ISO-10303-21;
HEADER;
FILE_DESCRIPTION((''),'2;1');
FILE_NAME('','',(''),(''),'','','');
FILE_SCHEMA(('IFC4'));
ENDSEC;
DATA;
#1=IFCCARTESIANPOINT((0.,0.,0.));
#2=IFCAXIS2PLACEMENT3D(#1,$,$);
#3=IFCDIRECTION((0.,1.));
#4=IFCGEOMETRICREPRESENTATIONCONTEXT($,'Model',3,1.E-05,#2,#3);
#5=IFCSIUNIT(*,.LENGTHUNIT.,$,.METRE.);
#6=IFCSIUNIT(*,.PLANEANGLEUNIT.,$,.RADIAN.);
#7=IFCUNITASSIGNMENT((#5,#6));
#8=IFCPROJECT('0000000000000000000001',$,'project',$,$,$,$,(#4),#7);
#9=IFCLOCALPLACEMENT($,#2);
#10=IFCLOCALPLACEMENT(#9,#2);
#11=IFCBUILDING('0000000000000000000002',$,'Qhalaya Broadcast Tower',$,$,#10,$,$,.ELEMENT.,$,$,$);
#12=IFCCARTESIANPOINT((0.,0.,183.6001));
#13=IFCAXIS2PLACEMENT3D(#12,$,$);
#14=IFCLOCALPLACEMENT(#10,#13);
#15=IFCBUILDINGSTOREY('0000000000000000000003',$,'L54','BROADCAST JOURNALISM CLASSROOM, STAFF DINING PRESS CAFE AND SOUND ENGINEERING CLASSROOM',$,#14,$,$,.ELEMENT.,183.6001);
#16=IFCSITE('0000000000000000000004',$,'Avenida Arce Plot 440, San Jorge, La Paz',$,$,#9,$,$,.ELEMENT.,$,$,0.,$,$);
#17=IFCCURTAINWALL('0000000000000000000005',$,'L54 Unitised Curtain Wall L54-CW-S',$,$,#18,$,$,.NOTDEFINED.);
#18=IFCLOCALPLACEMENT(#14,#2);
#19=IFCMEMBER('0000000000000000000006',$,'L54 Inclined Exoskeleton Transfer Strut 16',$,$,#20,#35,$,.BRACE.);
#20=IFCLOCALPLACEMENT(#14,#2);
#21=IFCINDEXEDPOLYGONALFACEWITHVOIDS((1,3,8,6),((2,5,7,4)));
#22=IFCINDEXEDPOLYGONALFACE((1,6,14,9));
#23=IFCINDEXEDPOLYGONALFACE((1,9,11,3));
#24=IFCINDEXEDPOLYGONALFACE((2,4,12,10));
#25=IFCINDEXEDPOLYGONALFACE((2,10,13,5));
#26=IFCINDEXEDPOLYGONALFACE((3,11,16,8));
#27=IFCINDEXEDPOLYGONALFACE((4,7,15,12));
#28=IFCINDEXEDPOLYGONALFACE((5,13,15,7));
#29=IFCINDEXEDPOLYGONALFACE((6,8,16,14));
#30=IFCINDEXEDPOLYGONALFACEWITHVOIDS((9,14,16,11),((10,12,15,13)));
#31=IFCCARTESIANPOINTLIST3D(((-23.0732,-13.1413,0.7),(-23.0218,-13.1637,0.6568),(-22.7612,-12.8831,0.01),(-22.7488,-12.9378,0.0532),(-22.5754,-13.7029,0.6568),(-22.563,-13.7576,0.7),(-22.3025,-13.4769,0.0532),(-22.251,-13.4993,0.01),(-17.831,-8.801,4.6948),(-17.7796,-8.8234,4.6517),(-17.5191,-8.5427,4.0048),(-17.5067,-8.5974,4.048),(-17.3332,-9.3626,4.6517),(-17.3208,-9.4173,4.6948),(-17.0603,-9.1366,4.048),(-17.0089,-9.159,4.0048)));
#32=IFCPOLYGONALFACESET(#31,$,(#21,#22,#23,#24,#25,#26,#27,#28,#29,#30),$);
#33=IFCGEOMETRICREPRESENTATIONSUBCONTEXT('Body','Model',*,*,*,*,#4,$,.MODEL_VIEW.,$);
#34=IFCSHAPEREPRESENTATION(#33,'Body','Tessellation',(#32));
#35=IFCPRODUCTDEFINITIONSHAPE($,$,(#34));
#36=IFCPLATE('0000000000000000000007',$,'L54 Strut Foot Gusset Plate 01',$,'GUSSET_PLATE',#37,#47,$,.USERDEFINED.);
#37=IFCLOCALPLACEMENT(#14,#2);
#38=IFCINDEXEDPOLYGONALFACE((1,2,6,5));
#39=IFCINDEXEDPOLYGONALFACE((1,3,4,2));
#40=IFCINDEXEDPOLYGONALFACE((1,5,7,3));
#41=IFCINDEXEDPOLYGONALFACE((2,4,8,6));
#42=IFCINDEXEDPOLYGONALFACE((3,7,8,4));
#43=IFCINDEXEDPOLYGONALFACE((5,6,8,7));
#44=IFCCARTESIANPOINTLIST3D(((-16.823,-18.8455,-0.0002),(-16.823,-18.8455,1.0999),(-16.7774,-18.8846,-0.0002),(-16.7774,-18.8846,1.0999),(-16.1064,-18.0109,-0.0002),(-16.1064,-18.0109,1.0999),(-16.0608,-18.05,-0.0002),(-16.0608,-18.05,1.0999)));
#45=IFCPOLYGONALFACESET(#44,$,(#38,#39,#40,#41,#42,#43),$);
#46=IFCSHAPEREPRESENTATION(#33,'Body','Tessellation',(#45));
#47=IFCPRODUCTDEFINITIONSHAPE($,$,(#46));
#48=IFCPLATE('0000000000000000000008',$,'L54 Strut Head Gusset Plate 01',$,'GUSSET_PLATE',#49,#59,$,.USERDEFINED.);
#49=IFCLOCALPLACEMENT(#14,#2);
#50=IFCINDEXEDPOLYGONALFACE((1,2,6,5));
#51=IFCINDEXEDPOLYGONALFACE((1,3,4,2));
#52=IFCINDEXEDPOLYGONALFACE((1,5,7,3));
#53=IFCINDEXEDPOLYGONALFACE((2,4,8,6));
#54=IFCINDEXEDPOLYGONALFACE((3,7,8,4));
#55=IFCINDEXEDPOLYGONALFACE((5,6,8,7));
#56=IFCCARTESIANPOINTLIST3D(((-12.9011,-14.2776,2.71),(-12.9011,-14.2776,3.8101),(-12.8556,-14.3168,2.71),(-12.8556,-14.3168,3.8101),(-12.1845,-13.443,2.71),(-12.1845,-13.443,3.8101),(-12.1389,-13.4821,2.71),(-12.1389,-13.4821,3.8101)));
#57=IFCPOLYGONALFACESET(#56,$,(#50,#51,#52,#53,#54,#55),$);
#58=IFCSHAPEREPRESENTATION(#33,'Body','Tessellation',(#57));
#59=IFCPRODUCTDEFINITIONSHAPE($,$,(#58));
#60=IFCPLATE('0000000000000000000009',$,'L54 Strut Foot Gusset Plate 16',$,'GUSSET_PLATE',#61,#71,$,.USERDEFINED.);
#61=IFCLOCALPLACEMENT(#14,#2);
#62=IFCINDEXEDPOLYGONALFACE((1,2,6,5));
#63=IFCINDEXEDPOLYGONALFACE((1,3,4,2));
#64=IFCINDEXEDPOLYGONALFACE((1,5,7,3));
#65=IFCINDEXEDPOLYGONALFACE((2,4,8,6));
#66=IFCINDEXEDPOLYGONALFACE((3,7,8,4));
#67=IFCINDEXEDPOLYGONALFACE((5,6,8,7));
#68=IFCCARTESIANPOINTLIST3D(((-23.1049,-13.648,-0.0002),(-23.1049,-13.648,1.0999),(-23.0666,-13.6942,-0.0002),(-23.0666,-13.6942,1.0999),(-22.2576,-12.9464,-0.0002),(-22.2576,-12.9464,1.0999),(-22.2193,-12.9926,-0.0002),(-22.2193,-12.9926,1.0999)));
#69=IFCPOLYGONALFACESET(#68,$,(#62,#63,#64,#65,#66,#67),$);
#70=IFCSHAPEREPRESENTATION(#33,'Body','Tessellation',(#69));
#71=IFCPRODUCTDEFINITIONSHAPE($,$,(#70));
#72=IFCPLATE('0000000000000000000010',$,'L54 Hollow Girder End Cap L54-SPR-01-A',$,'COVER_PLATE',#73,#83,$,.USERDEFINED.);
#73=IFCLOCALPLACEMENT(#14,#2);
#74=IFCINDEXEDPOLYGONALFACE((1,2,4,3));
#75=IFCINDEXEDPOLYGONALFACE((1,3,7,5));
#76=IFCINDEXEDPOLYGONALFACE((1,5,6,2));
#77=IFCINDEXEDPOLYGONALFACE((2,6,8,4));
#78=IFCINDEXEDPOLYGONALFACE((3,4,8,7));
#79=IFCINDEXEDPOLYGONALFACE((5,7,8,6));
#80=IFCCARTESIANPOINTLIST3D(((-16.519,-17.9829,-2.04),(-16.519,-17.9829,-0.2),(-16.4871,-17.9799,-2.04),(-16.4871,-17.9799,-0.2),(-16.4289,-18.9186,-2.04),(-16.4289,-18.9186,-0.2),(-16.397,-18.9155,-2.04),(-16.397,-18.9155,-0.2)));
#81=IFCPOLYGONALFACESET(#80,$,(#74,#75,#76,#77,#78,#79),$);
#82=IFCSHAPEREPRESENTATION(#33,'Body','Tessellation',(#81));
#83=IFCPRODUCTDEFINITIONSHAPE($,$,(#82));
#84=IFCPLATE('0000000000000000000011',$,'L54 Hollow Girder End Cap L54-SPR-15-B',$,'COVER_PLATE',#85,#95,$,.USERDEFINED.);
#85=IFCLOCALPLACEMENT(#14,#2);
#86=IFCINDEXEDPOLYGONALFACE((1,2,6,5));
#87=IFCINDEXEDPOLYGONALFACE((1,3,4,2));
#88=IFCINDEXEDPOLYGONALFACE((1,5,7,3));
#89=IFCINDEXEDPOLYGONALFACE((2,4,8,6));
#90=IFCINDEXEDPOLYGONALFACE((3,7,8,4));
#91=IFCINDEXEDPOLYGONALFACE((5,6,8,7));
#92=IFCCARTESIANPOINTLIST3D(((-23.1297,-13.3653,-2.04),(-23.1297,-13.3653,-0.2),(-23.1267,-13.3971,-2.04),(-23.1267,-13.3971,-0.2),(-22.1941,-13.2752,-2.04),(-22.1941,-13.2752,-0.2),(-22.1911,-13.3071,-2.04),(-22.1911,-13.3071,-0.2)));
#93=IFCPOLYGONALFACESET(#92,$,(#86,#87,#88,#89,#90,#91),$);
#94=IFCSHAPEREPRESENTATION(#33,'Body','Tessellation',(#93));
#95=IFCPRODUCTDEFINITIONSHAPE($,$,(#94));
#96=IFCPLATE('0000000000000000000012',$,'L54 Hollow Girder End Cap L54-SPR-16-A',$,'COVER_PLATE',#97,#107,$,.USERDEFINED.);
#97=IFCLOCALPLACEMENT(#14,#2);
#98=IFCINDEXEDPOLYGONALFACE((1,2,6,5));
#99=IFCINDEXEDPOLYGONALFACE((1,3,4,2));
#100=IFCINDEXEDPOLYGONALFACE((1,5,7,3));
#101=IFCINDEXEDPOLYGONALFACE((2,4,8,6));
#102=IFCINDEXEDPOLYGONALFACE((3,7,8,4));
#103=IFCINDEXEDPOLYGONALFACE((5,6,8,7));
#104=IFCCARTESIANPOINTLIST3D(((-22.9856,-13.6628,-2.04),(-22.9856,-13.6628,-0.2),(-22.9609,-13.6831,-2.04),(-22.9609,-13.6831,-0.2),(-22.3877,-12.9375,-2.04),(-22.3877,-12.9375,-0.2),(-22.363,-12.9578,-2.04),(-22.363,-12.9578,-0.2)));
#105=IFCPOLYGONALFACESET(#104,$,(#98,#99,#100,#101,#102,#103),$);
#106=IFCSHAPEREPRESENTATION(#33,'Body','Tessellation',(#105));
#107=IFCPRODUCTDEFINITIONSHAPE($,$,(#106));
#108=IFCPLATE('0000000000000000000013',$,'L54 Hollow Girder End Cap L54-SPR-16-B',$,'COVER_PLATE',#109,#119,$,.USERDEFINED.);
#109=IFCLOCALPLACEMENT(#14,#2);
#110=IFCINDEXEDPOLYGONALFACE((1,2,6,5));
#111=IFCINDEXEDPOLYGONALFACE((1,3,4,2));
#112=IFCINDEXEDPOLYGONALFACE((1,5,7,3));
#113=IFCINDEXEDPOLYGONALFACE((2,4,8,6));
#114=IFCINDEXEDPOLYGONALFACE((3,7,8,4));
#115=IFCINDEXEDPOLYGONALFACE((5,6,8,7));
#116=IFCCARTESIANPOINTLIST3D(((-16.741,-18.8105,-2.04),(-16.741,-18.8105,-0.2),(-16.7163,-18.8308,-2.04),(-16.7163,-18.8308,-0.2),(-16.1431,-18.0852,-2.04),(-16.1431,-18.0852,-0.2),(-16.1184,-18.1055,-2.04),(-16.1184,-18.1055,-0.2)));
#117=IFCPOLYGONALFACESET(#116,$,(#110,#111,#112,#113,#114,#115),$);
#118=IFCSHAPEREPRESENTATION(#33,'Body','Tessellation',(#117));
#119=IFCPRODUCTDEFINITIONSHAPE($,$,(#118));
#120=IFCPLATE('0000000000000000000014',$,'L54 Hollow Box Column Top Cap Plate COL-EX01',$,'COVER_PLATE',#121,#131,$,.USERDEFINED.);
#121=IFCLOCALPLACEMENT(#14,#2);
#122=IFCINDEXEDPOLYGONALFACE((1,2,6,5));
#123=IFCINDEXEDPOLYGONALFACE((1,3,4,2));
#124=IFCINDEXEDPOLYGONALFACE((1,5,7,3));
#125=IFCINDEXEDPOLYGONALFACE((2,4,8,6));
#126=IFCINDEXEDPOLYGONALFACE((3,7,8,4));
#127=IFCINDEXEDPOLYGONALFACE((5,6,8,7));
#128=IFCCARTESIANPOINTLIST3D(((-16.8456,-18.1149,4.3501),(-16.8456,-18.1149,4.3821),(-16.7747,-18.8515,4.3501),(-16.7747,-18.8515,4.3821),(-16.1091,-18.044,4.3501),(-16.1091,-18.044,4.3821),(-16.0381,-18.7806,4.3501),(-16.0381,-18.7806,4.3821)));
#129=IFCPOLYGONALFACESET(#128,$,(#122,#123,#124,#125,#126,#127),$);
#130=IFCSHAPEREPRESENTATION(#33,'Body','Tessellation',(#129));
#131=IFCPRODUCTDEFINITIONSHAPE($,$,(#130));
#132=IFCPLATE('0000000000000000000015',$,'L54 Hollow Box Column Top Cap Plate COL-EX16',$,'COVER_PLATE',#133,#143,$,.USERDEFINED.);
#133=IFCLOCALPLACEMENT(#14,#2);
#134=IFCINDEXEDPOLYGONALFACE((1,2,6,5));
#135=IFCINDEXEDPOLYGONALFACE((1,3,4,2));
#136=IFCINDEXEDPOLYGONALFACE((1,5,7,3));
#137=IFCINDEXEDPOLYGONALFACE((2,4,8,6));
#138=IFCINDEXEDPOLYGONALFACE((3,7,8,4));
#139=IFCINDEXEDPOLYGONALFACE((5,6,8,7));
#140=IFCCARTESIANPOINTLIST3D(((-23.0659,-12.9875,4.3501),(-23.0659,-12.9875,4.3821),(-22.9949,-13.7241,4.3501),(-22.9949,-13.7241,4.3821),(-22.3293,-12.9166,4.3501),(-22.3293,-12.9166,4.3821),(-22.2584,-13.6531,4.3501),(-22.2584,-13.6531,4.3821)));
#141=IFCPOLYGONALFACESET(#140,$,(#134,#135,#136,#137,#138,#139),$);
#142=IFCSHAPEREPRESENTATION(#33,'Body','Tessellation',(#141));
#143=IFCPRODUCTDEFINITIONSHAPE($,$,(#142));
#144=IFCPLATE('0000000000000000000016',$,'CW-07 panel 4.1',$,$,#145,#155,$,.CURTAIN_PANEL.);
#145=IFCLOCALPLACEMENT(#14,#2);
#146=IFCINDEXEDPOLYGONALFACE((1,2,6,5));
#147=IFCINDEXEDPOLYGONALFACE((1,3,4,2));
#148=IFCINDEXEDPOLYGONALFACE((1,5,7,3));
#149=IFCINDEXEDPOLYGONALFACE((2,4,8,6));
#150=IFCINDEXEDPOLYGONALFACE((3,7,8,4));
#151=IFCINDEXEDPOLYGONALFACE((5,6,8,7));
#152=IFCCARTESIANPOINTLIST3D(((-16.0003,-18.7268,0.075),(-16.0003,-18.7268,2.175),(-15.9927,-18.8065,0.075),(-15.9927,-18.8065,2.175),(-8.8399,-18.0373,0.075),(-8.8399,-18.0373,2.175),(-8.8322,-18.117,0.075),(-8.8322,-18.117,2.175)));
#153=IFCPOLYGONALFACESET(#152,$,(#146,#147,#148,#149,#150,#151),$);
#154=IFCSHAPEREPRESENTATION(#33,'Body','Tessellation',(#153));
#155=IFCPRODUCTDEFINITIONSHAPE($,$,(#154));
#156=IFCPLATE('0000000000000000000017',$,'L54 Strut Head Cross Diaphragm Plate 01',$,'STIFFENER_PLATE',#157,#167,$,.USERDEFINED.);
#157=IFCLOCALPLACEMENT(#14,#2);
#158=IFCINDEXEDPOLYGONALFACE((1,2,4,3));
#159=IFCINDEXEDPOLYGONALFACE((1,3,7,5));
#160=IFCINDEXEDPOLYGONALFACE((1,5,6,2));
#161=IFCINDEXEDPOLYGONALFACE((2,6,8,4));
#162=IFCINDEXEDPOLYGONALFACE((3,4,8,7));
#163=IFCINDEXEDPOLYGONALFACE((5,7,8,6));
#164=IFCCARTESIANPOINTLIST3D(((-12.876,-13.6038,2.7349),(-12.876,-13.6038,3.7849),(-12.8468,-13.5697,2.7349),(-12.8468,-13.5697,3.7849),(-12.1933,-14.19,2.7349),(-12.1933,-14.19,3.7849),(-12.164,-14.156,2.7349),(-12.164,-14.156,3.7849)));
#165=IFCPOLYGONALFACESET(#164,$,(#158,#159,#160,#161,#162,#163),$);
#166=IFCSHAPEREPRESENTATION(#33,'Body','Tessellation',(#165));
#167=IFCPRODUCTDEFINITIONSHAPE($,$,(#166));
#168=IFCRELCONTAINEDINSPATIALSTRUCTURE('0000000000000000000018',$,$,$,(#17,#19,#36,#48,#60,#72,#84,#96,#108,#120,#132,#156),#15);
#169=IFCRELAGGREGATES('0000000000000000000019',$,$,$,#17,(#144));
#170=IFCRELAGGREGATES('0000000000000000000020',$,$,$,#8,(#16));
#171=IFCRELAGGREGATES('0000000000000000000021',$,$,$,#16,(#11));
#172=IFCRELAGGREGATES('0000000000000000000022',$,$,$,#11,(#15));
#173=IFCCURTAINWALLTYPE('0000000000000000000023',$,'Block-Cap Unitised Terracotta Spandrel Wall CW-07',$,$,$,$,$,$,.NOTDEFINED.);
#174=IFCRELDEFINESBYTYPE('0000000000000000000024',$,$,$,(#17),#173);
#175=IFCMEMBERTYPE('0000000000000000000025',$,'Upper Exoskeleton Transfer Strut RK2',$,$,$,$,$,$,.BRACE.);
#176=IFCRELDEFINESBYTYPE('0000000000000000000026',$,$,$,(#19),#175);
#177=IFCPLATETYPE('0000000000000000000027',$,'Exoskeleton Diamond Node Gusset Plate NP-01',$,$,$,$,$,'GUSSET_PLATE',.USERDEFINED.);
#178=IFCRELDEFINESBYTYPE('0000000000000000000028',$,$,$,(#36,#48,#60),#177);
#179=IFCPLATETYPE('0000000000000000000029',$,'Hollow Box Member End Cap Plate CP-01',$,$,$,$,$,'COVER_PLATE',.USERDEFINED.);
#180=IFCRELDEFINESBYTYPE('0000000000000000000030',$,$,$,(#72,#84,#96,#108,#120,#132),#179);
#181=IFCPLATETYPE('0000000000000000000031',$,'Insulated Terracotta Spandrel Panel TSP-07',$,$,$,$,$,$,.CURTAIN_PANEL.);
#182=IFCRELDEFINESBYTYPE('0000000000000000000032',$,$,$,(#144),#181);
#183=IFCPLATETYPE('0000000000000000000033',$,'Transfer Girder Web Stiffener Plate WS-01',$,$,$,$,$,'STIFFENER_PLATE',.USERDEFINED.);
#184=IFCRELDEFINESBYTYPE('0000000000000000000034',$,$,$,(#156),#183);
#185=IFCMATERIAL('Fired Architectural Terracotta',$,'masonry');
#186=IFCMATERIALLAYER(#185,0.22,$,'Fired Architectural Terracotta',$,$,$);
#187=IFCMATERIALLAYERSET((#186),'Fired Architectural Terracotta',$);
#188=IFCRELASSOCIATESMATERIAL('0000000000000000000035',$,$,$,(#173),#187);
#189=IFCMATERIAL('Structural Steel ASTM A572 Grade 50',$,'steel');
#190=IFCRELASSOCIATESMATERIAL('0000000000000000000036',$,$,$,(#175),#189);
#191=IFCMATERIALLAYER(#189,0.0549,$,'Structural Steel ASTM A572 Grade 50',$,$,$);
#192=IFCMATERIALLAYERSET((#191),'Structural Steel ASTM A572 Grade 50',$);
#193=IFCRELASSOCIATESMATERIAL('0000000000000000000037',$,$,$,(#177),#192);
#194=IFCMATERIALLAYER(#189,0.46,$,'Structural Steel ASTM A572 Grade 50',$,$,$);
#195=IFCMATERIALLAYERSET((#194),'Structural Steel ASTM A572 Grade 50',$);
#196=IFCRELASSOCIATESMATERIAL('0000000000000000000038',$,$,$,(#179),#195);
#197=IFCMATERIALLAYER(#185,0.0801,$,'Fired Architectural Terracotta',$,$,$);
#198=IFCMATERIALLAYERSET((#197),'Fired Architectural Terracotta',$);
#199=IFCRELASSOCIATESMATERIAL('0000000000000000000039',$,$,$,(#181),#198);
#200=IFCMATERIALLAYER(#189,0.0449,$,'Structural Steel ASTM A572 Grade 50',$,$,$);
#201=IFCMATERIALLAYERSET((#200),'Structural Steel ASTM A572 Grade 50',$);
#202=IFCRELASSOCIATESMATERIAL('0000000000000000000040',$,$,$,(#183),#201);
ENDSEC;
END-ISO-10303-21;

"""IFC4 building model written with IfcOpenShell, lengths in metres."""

from ifc_helpers import new_model, si_unit, direction, frame, origin, origin_2d, place, context, subcontext, project, spatial, rectangle, hollow_rectangle, extrude, material, layer, layer_set, material_profile, profile_set, type_object, element, aggregate, save


model = new_model("IFC4")

# Units and contexts
model_context = context("Model", 3, precision=1e-05, world=origin(), true_north=direction((0.0, 1.0)))
body_context = subcontext(model_context, "Body", "Model", "MODEL_VIEW")
ifc_project = project(units=[si_unit("LENGTHUNIT", "METRE"), si_unit("PLANEANGLEUNIT", "RADIAN")], contexts=[model_context])

# Site, building, storey
site_placement = place(None, origin())
site = spatial("IfcSite", under=ifc_project, at=site_placement, Name="Avenida Arce Plot 440, San Jorge, La Paz", CompositionType="ELEMENT", RefElevation=0.0)
building_placement = place(site_placement, origin())
building = spatial("IfcBuilding", under=site, at=building_placement, Name="Qhalaya Broadcast Tower", CompositionType="ELEMENT")
storey_placement = place(building_placement, frame((0.0, 0.0, 183.6001)))
storey = spatial("IfcBuildingStorey", under=building, at=storey_placement, Name="L54", Description="BROADCAST JOURNALISM CLASSROOM, STAFF DINING PRESS CAFE AND SOUND ENGINEERING CLASSROOM", CompositionType="ELEMENT", Elevation=183.6001)

# Shared definitions
ifc_material_1 = material(Name="Structural Steel ASTM A572 Grade 50", Category="steel")

# Curtain wall
ifc_material_2 = material(Name="Fired Architectural Terracotta", Category="masonry")
ifc_layer_1 = layer(ifc_material_2, 0.22, Name="Fired Architectural Terracotta")
ifc_layer_set_1 = layer_set([ifc_layer_1], Name="Fired Architectural Terracotta")
curtain_wall_type = type_object("IfcCurtainWallType", Name="Block-Cap Unitised Terracotta Spandrel Wall CW-07", PredefinedType="NOTDEFINED", material=ifc_layer_set_1)
curtain_wall_1_placement = place(storey_placement, origin())
curtain_wall_1 = element("IfcCurtainWall", 1, at=curtain_wall_1_placement, inside=storey, type_object=curtain_wall_type, Name="L54 Unitised Curtain Wall L54-CW-S", PredefinedType="NOTDEFINED")

# Member
ifc_material_profile_1 = material_profile(ifc_material_1, hollow_rectangle(XDim=0.8, YDim=0.8, WallThickness=0.05, at=origin_2d()), Name="BOX 800x800x50")
ifc_profile_set_1 = profile_set([ifc_material_profile_1], Name="Structural Steel ASTM A572 Grade 50")
member_type_1 = type_object("IfcMemberType", Name="Upper Exoskeleton Transfer Strut RK2", PredefinedType="BRACE", material=ifc_profile_set_1)
member_1_placement = place(storey_placement, frame((-22.6621, -13.3203, 0.355), z_axis=(0.664271, 0.549991, 0.506216), x_axis=(-0.637739, 0.770252, 0.0)))
element("IfcMember", 2, at=member_1_placement, inside=storey, type_object=member_type_1, Name="L54 Inclined Exoskeleton Transfer Strut 16", PredefinedType="BRACE", context=body_context, shape_type="SweptSolid", body=[
    extrude(hollow_rectangle(XDim=0.8, YDim=0.8, WallThickness=0.05, at=origin_2d()), origin(), (0.0, 0.0, 1.0), 7.8916),
])

# Plates
ifc_layer_2 = layer(ifc_material_1, 0.0549, Name="Structural Steel ASTM A572 Grade 50")
ifc_layer_set_2 = layer_set([ifc_layer_2], Name="Structural Steel ASTM A572 Grade 50")
plate_type_1 = type_object("IfcPlateType", Name="Exoskeleton Diamond Node Gusset Plate NP-01", ElementType="GUSSET_PLATE", PredefinedType="USERDEFINED", material=ifc_layer_set_2)
for number, where, z_axis, x_axis, name in (
    (3, (-16.4419, -18.4478, -0.0002), (0.0, 0.0, 1.0), (0.651437, 0.758703, 0.0), "L54 Strut Foot Gusset Plate 01"),
    (4, (-12.52, -13.8799, 2.71), (0.0, 0.0, 1.0), (0.651437, 0.758703, 0.0), "L54 Strut Head Gusset Plate 01"),
    (5, (-22.6621, -13.3203, -0.0002), (0.0, 0.0, 1.0), (0.770235, 0.63776, 0.0), "L54 Strut Foot Gusset Plate 16"),
):
    element("IfcPlate", number, at=place(storey_placement, frame(where, z_axis=z_axis, x_axis=x_axis)), inside=storey, type_object=plate_type_1, Name=name, ObjectType="GUSSET_PLATE", PredefinedType="USERDEFINED", context=body_context, shape_type="SweptSolid", body=[
        extrude(rectangle(XDim=1.1001, YDim=0.0601, at=origin_2d()), origin(), (0.0, 0.0, 1.0), 1.1001),
    ])
ifc_layer_3 = layer(ifc_material_1, 0.46, Name="Structural Steel ASTM A572 Grade 50")
ifc_layer_set_3 = layer_set([ifc_layer_3], Name="Structural Steel ASTM A572 Grade 50")
plate_type_2 = type_object("IfcPlateType", Name="Hollow Box Member End Cap Plate CP-01", ElementType="COVER_PLATE", PredefinedType="USERDEFINED", material=ifc_layer_set_3)
for number, where, z_axis, x_axis, name in (
    (6, (-16.458, -18.4492, -2.04), (0.0, 0.0, 1.0), (-0.095846, 0.995396, 0.0), "L54 Hollow Girder End Cap L54-SPR-01-A"),
    (7, (-22.6604, -13.3362, -2.04), (0.0, 0.0, 1.0), (0.995396, 0.095846, 0.0), "L54 Hollow Girder End Cap L54-SPR-15-B"),
    (8, (-22.6743, -13.3103, -2.04), (0.0, 0.0, 1.0), (0.636078, 0.771625, 0.0), "L54 Hollow Girder End Cap L54-SPR-16-A"),
    (9, (-16.4297, -18.458, -2.04), (0.0, 0.0, 1.0), (0.636078, 0.771625, 0.0), "L54 Hollow Girder End Cap L54-SPR-16-B"),
):
    element("IfcPlate", number, at=place(storey_placement, frame(where, z_axis=z_axis, x_axis=x_axis)), inside=storey, type_object=plate_type_2, Name=name, ObjectType="COVER_PLATE", PredefinedType="USERDEFINED", context=body_context, shape_type="SweptSolid", body=[
        extrude(rectangle(XDim=0.9399, YDim=0.032, at=origin_2d()), origin(), (0.0, 0.0, 1.0), 1.8401),
    ])
for number, where, z_axis, x_axis, name in (
    (10, (-16.4419, -18.4478, 4.3501), (0.0, 0.0, 1.0), (0.995396, 0.095846, 0.0), "L54 Hollow Box Column Top Cap Plate COL-EX01"),
    (11, (-22.6621, -13.3203, 4.3501), (0.0, 0.0, 1.0), (-0.095846, 0.995396, 0.0), "L54 Hollow Box Column Top Cap Plate COL-EX16"),
):
    element("IfcPlate", number, at=place(storey_placement, frame(where, z_axis=z_axis, x_axis=x_axis)), inside=storey, type_object=plate_type_2, Name=name, ObjectType="COVER_PLATE", PredefinedType="USERDEFINED", context=body_context, shape_type="SweptSolid", body=[
        extrude(rectangle(XDim=0.74, YDim=0.74, at=origin_2d()), origin(), (0.0, 0.0, 1.0), 0.032),
    ])

# Plates
ifc_layer_4 = layer(ifc_material_2, 0.0801, Name="Fired Architectural Terracotta")
ifc_layer_set_4 = layer_set([ifc_layer_4], Name="Fired Architectural Terracotta")
plate_type_3 = type_object("IfcPlateType", Name="Insulated Terracotta Spandrel Panel TSP-07", PredefinedType="CURTAIN_PANEL", material=ifc_layer_set_4)
plate_1_placement = place(storey_placement, frame((-12.4163, -18.4219, 0.075), z_axis=(0.0, 0.0, 1.0), x_axis=(-0.995396, -0.095846, 0.0)))
plate_1 = element("IfcPlate", 12, at=plate_1_placement, type_object=plate_type_3, Name="CW-07 panel 4.1", PredefinedType="CURTAIN_PANEL", context=body_context, shape_type="SweptSolid", body=[
    extrude(rectangle(XDim=7.1936, YDim=0.0801, at=origin_2d()), origin(), (0.0, 0.0, 1.0), 2.1001),
])
aggregate(curtain_wall_1, [plate_1])
ifc_layer_5 = layer(ifc_material_1, 0.0449, Name="Structural Steel ASTM A572 Grade 50")
ifc_layer_set_5 = layer_set([ifc_layer_5], Name="Structural Steel ASTM A572 Grade 50")
plate_type_4 = type_object("IfcPlateType", Name="Transfer Girder Web Stiffener Plate WS-01", ElementType="STIFFENER_PLATE", PredefinedType="USERDEFINED", material=ifc_layer_set_5)
plate_2_placement = place(storey_placement, frame((-12.52, -13.8799, 2.7349), z_axis=(0.0, 0.0, 1.0), x_axis=(-0.758703, 0.651437, 0.0)))
element("IfcPlate", 13, at=plate_2_placement, inside=storey, type_object=plate_type_4, Name="L54 Strut Head Cross Diaphragm Plate 01", ObjectType="STIFFENER_PLATE", PredefinedType="USERDEFINED", context=body_context, shape_type="SweptSolid", body=[
    extrude(rectangle(XDim=0.8999, YDim=0.0449, at=origin_2d()), origin(), (0.0, 0.0, 1.0), 1.05),
])

save(model, "model.ifc")
